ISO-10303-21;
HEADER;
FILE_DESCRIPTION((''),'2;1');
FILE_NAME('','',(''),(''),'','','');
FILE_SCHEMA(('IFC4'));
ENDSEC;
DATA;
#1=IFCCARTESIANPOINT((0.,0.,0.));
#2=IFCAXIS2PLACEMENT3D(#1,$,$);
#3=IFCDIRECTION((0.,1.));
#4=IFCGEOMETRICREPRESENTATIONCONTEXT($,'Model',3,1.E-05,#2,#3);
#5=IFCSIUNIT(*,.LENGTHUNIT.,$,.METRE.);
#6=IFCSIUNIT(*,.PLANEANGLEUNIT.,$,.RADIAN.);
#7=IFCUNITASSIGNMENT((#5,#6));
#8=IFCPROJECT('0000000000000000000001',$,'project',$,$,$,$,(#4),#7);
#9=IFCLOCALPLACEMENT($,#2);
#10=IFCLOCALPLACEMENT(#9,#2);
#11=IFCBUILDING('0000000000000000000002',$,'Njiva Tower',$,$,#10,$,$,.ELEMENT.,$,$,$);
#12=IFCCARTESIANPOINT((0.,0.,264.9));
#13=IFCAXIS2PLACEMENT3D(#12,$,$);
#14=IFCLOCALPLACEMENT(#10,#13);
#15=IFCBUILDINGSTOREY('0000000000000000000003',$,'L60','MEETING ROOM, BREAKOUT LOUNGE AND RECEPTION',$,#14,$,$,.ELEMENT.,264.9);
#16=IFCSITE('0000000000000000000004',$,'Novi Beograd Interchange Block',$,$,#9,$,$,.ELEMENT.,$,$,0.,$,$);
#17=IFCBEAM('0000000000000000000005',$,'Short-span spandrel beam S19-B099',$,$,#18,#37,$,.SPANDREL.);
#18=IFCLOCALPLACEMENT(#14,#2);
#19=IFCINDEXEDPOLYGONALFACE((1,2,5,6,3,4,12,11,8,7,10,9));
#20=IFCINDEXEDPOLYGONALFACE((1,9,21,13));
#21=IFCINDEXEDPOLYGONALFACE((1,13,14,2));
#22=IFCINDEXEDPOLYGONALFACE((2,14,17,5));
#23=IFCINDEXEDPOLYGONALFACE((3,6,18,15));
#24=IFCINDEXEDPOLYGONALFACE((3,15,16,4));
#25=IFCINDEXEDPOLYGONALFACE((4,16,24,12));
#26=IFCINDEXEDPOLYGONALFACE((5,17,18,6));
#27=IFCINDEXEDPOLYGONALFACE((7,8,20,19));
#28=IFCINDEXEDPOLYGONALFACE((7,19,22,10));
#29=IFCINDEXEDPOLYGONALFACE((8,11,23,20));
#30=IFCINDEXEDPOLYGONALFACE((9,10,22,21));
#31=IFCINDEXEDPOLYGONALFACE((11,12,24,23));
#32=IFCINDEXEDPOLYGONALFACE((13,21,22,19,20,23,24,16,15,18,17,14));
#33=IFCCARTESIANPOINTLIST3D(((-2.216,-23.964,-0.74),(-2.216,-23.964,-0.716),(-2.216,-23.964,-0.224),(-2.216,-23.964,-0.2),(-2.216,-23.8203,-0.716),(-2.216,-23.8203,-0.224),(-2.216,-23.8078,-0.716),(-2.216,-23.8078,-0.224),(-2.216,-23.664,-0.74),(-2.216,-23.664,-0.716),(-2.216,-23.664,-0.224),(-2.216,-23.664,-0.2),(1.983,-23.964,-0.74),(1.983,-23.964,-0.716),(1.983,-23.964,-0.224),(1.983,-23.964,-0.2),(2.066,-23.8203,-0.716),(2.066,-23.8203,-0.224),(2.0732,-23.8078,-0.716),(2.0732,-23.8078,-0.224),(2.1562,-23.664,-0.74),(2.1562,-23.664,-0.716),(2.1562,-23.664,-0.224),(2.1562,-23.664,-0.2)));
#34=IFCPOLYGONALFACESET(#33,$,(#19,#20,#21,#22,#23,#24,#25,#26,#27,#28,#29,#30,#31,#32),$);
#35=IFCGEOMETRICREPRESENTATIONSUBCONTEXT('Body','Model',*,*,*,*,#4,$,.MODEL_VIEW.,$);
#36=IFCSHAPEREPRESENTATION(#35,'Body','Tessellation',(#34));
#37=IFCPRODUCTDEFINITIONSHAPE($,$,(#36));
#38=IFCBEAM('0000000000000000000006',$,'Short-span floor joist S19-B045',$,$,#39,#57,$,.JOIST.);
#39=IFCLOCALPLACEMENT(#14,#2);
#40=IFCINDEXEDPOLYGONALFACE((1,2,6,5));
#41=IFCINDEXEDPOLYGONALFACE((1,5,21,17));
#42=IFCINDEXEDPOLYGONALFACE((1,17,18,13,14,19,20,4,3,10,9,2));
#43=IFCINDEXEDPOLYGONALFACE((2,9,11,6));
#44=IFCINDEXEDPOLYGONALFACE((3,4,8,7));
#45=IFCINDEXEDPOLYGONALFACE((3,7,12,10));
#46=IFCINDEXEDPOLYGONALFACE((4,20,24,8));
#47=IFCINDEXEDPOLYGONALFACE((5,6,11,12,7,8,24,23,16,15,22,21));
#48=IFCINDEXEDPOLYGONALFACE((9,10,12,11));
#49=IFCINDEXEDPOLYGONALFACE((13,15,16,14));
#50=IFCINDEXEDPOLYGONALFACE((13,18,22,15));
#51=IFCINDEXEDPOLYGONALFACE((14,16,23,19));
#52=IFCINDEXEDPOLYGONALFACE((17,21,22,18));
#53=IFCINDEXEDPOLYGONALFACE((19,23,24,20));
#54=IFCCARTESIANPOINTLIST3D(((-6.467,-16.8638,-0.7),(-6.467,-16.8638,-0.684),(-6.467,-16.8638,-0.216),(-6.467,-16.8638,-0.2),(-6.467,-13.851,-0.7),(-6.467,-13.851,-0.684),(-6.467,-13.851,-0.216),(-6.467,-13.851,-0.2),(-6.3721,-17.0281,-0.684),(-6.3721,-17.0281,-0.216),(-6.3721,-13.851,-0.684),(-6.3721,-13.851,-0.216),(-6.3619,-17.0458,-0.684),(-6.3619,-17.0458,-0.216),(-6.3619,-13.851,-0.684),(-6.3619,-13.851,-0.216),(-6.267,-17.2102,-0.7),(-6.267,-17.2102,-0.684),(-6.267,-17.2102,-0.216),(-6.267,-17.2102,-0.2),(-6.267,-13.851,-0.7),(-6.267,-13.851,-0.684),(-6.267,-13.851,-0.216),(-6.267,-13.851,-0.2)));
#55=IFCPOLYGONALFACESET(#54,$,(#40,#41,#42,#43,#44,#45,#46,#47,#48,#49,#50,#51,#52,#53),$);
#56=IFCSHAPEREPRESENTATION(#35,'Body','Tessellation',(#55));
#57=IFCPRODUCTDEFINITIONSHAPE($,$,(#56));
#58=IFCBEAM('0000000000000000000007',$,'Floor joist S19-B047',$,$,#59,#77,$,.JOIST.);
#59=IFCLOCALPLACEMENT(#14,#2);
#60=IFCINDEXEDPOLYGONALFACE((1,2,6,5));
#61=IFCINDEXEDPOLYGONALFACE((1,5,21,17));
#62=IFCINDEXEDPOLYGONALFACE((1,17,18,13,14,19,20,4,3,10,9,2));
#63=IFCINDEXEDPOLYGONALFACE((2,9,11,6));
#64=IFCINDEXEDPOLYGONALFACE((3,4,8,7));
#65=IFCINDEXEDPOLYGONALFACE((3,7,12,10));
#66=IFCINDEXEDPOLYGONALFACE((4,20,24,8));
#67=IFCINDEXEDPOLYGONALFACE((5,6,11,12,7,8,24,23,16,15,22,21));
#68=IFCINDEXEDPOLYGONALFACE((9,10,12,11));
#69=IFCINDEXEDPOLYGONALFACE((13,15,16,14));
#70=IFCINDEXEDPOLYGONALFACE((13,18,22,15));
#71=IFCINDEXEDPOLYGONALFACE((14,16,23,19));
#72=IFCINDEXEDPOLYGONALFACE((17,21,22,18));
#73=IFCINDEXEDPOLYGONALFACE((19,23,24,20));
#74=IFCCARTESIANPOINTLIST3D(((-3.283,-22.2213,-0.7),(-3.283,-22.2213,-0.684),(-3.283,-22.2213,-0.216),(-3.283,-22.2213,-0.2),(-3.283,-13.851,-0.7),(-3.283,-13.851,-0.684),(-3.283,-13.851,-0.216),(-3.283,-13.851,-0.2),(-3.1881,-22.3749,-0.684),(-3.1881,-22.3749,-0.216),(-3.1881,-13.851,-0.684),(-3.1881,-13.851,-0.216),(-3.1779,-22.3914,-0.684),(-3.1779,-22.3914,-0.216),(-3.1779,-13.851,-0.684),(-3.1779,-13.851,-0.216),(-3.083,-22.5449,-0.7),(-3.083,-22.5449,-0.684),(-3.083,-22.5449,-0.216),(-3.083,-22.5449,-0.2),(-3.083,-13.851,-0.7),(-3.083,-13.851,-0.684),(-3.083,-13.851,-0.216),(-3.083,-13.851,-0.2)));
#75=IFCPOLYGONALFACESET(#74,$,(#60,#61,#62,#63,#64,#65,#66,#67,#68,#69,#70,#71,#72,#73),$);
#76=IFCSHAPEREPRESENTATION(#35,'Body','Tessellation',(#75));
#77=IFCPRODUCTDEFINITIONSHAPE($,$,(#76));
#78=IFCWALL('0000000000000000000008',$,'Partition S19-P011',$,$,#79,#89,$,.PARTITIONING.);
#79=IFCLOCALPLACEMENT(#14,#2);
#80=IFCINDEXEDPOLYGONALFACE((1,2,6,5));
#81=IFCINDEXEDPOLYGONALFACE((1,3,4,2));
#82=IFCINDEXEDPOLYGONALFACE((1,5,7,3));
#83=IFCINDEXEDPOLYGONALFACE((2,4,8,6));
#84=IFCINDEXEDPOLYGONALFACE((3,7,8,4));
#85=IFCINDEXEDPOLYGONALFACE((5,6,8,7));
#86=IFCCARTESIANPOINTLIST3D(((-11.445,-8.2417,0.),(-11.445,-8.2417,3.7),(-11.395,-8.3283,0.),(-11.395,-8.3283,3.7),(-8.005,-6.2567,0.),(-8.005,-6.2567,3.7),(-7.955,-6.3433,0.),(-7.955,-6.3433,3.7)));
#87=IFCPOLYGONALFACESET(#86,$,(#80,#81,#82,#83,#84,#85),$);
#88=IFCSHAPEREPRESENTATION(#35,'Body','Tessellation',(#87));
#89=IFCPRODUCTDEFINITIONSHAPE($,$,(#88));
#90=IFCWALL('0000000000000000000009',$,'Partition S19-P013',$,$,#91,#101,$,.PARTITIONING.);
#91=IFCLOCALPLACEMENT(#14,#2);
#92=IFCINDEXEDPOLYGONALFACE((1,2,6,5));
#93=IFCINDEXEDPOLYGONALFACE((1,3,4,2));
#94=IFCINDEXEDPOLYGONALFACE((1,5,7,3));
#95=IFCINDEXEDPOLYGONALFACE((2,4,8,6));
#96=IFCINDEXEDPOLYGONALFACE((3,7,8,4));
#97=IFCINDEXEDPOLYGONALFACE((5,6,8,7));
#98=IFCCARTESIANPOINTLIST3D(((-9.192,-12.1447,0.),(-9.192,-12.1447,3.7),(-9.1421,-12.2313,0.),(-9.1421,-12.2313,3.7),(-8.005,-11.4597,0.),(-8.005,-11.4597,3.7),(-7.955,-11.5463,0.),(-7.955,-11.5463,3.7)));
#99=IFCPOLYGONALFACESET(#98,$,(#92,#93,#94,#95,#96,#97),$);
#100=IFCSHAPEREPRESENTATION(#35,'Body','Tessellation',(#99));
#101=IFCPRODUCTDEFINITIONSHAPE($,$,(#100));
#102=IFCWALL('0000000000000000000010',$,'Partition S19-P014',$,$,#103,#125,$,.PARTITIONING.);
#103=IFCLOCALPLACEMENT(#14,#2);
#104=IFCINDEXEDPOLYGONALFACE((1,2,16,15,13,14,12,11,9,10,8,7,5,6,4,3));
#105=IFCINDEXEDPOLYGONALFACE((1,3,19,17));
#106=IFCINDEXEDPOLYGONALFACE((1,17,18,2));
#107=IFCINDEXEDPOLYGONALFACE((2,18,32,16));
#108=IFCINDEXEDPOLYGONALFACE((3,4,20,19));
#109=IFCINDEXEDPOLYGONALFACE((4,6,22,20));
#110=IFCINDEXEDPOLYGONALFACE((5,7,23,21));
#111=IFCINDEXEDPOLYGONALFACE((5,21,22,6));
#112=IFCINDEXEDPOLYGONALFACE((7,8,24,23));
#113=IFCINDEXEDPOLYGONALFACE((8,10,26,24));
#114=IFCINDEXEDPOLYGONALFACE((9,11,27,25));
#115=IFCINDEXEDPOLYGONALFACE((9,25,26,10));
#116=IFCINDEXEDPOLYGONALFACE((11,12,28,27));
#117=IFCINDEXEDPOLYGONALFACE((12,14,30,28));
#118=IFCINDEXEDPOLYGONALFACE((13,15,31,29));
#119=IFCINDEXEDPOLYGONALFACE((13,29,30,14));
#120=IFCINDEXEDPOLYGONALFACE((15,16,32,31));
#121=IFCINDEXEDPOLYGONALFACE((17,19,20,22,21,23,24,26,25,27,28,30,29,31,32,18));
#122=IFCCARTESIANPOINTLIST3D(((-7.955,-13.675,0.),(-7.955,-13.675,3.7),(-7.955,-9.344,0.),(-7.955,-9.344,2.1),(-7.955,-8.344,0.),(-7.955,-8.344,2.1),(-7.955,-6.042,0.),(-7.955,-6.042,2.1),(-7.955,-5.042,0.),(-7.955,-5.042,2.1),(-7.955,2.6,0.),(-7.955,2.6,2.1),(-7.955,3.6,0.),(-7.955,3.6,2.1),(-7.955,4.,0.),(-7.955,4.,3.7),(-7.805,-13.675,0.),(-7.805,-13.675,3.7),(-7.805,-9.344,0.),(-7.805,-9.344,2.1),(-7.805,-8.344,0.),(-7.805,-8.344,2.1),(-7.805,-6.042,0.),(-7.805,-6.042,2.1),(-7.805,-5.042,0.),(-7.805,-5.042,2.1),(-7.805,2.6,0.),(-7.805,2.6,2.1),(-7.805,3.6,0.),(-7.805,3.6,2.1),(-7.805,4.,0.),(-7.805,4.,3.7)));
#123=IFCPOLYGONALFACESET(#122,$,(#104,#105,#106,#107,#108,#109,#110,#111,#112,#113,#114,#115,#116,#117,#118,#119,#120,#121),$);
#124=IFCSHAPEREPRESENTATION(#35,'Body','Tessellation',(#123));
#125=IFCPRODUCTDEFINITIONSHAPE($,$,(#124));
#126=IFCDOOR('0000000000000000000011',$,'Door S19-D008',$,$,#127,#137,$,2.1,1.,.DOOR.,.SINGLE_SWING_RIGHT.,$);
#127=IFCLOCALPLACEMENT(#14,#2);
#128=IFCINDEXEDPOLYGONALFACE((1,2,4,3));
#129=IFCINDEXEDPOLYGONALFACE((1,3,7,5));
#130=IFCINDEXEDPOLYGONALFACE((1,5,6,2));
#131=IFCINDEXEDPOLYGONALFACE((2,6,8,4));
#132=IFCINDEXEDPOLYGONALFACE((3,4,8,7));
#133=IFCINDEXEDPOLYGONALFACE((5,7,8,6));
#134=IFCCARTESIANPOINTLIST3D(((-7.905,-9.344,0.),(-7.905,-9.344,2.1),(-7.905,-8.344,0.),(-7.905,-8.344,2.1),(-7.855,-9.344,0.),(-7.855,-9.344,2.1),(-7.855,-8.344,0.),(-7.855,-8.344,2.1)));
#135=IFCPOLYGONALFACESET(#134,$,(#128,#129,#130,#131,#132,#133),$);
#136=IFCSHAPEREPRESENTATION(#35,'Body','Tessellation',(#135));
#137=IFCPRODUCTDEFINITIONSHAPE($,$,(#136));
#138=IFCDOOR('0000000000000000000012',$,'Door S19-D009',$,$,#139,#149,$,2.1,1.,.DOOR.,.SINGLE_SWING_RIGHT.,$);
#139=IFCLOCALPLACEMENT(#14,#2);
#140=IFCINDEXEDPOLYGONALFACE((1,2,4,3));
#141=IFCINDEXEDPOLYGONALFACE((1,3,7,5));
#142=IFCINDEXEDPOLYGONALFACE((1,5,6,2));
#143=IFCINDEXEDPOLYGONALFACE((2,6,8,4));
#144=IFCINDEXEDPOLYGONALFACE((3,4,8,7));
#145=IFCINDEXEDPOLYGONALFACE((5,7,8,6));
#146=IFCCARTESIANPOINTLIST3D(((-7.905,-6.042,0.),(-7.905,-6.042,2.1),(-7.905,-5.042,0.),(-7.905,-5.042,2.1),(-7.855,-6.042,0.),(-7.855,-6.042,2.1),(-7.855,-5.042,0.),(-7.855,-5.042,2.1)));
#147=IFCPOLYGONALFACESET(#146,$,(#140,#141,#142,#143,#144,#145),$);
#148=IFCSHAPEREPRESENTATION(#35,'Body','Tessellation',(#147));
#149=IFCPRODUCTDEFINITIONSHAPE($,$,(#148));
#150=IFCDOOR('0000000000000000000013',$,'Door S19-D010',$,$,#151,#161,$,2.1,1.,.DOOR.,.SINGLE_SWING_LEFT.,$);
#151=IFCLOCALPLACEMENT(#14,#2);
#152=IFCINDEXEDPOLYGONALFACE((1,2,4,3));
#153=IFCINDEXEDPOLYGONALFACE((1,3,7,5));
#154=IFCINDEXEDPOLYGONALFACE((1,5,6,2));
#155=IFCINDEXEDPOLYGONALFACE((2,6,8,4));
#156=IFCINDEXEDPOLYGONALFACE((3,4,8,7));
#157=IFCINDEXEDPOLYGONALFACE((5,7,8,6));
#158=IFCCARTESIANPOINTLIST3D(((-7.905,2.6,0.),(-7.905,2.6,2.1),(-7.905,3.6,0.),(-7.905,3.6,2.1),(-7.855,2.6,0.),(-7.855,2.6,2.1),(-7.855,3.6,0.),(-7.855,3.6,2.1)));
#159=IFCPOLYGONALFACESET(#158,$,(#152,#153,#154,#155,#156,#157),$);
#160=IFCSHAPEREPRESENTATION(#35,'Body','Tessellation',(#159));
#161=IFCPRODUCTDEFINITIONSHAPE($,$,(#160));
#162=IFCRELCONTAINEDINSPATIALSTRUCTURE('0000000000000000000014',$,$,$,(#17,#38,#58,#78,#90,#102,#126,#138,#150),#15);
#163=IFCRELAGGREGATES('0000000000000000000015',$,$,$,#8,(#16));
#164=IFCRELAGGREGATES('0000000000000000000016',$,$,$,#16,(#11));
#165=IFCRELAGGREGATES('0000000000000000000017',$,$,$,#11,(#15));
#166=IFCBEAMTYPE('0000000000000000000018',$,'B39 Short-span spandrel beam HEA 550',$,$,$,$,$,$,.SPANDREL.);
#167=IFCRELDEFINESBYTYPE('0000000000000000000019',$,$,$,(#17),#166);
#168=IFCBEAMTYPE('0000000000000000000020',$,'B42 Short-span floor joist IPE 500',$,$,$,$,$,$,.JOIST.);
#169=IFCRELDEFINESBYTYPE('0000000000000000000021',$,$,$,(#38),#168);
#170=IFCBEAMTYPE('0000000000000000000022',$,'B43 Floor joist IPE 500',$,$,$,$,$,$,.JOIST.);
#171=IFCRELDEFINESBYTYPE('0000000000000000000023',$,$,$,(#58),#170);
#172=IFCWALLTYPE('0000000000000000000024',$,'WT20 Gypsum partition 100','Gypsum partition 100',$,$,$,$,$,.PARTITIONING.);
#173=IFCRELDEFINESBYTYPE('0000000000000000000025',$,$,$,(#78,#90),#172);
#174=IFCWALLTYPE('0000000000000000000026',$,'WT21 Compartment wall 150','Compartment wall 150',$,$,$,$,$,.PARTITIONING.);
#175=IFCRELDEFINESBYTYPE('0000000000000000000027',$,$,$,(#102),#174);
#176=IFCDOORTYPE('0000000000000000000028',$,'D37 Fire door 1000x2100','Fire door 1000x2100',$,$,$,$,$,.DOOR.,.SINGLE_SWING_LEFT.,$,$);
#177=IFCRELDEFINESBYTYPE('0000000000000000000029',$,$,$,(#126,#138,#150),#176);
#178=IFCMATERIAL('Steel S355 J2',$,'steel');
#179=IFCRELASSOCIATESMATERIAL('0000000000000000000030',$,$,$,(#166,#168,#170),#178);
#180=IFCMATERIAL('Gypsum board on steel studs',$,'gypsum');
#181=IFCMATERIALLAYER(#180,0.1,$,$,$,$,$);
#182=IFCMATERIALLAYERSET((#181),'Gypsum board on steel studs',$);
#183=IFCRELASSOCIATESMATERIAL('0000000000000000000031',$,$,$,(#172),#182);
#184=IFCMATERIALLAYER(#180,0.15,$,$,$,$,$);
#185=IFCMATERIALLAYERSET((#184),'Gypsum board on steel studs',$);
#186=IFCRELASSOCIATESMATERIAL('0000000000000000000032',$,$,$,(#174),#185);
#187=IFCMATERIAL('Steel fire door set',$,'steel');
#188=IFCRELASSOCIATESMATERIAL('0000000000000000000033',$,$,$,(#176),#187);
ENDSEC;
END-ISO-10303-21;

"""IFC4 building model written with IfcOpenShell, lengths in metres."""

from ifc_helpers import new_model, si_unit, direction, frame, frame_2d, origin, origin_2d, place, context, subcontext, project, spatial, rectangle, i_section, extrude, clip, halfspace, material, layer, layer_set, material_profile, profile_set, type_object, element, fill, save


model = new_model("IFC4")

# Units and contexts
model_context = context("Model", 3, precision=1e-05, world=origin(), true_north=direction((0.0, 1.0)))
body_context = subcontext(model_context, "Body", "Model", "MODEL_VIEW")
ifc_project = project(units=[si_unit("LENGTHUNIT", "METRE"), si_unit("PLANEANGLEUNIT", "RADIAN")], contexts=[model_context])

# Site, building, storey
site_placement = place(None, origin())
site = spatial("IfcSite", under=ifc_project, at=site_placement, Name="Novi Beograd Interchange Block", CompositionType="ELEMENT", RefElevation=0.0)
building_placement = place(site_placement, origin())
building = spatial("IfcBuilding", under=site, at=building_placement, Name="Njiva Tower", CompositionType="ELEMENT")
storey_placement = place(building_placement, frame((0.0, 0.0, 264.9)))
storey = spatial("IfcBuildingStorey", under=building, at=storey_placement, Name="L60", Description="MEETING ROOM, BREAKOUT LOUNGE AND RECEPTION", CompositionType="ELEMENT", Elevation=264.9)

# Shared definitions
ifc_material_1 = material(Name="Steel S355 J2", Category="steel")

# Beams
ifc_material_profile_1 = material_profile(ifc_material_1, i_section(OverallWidth=0.3, OverallDepth=0.54, WebThickness=0.0125, FlangeThickness=0.024, at=origin_2d()), Name="HEA 550")
ifc_profile_set_1 = profile_set([ifc_material_profile_1], Name="Steel S355 J2")
beam_type_1 = type_object("IfcBeamType", Name="B39 Short-span spandrel beam HEA 550", PredefinedType="SPANDREL", material=ifc_profile_set_1)
beam_1_placement = place(storey_placement, frame((-2.216, -23.814, -0.47), z_axis=(1.0, 0.0, 0.0), x_axis=(0.0, 1.0, 0.0)))
element("IfcBeam", 1, at=beam_1_placement, inside=storey, type_object=beam_type_1, Name="Short-span spandrel beam S19-B099", PredefinedType="SPANDREL", context=body_context, shape_type="Clipping", body=[
    clip(extrude(i_section(OverallWidth=0.3, OverallDepth=0.54, WebThickness=0.0125, FlangeThickness=0.024, at=origin_2d()), origin(), (0.0, 0.0, 1.0), 4.393), halfspace(frame((-0.0246, 0.0, 4.2714), z_axis=(-0.499998, 0.0, 0.866027), x_axis=(0.0, 1.0, 0.0)), False)),
])
ifc_material_profile_2 = material_profile(ifc_material_1, i_section(OverallWidth=0.2, OverallDepth=0.5, WebThickness=0.0102, FlangeThickness=0.016, at=origin_2d()), Name="IPE 500")
ifc_profile_set_2 = profile_set([ifc_material_profile_2], Name="Steel S355 J2")
beam_type_2 = type_object("IfcBeamType", Name="B42 Short-span floor joist IPE 500", PredefinedType="JOIST", material=ifc_profile_set_2)
beam_2_placement = place(storey_placement, frame((-6.367, -13.851, -0.45), z_axis=(0.0, -1.0, 0.0), x_axis=(1.0, 0.0, 0.0)))
element("IfcBeam", 2, at=beam_2_placement, inside=storey, type_object=beam_type_2, Name="Short-span floor joist S19-B045", PredefinedType="JOIST", context=body_context, shape_type="Clipping", body=[
    clip(extrude(i_section(OverallWidth=0.2, OverallDepth=0.5, WebThickness=0.0102, FlangeThickness=0.016, at=origin_2d()), origin(), (0.0, 0.0, 1.0), 3.38), halfspace(frame((-0.043, 0.0, 3.1115), z_axis=(-0.866027, 0.0, 0.499998), x_axis=(0.0, 1.0, 0.0)), False)),
])
ifc_material_profile_3 = material_profile(ifc_material_1, i_section(OverallWidth=0.2, OverallDepth=0.5, WebThickness=0.0102, FlangeThickness=0.016, at=origin_2d()), Name="IPE 500")
ifc_profile_set_3 = profile_set([ifc_material_profile_3], Name="Steel S355 J2")
beam_type_3 = type_object("IfcBeamType", Name="B43 Floor joist IPE 500", PredefinedType="JOIST", material=ifc_profile_set_3)
beam_3_placement = place(storey_placement, frame((-3.183, -13.851, -0.45), z_axis=(0.0, -1.0, 0.0), x_axis=(1.0, 0.0, 0.0)))
element("IfcBeam", 3, at=beam_3_placement, inside=storey, type_object=beam_type_3, Name="Floor joist S19-B047", PredefinedType="JOIST", context=body_context, shape_type="Clipping", body=[
    clip(extrude(i_section(OverallWidth=0.2, OverallDepth=0.5, WebThickness=0.0102, FlangeThickness=0.016, at=origin_2d()), origin(), (0.0, 0.0, 1.0), 8.713), halfspace(frame((-0.0429, 0.0, 8.4627), z_axis=(-0.850616, 0.0, 0.525788), x_axis=(0.0, 1.0, 0.0)), False)),
])

# Walls
ifc_material_2 = material(Name="Gypsum board on steel studs", Category="gypsum")
ifc_layer_1 = layer(ifc_material_2, 0.1)
ifc_layer_set_1 = layer_set([ifc_layer_1], Name="Gypsum board on steel studs")
wall_type_1 = type_object("IfcWallType", Name="WT20 Gypsum partition 100", Description="Gypsum partition 100", PredefinedType="PARTITIONING", material=ifc_layer_set_1)
wall_1_placement = place(storey_placement, frame((-11.42, -8.285, 0.0), z_axis=(0.0, 0.0, 1.0), x_axis=(0.866144, 0.499795, 0.0)))
element("IfcWall", 4, at=wall_1_placement, inside=storey, type_object=wall_type_1, Name="Partition S19-P011", PredefinedType="PARTITIONING", context=body_context, shape_type="SweptSolid", body=[
    extrude(rectangle(XDim=3.9716, YDim=0.1, at=frame_2d((1.9858, 0.0))), origin(), (0.0, 0.0, 1.0), 3.7),
])
wall_2_placement = place(storey_placement, frame((-9.167, -12.188, 0.0), z_axis=(0.0, 0.0, 1.0), x_axis=(0.866125, 0.499828, 0.0)))
element("IfcWall", 5, at=wall_2_placement, inside=storey, type_object=wall_type_1, Name="Partition S19-P013", PredefinedType="PARTITIONING", context=body_context, shape_type="SweptSolid", body=[
    extrude(rectangle(XDim=1.3705, YDim=0.1, at=frame_2d((0.6852, 0.0))), origin(), (0.0, 0.0, 1.0), 3.7),
])

# Wall, openings, doors
ifc_layer_2 = layer(ifc_material_2, 0.15)
ifc_layer_set_2 = layer_set([ifc_layer_2], Name="Gypsum board on steel studs")
wall_type_2 = type_object("IfcWallType", Name="WT21 Compartment wall 150", Description="Compartment wall 150", PredefinedType="PARTITIONING", material=ifc_layer_set_2)
wall_3_placement = place(storey_placement, frame((-7.88, -13.675, 0.0), z_axis=(0.0, 0.0, 1.0), x_axis=(0.0, 1.0, 0.0)))
wall_3 = element("IfcWall", 6, at=wall_3_placement, inside=storey, type_object=wall_type_2, Name="Partition S19-P014", PredefinedType="PARTITIONING", context=body_context, shape_type="SweptSolid", body=[
    extrude(rectangle(XDim=17.675, YDim=0.15, at=frame_2d((8.8375, 0.0))), origin(), (0.0, 0.0, 1.0), 3.7),
])
opening_1_placement = place(wall_3_placement, frame((4.331, 0.0, 0.0)))
opening_1 = element("IfcOpeningElement", 7, at=opening_1_placement, cuts=wall_3, PredefinedType="OPENING", context=body_context, shape_type="SweptSolid", body=[
    extrude(rectangle(XDim=1.0, YDim=2.1, at=frame_2d((0.5, 1.05))), frame((0.0, 0.085, 0.0), z_axis=(0.0, -1.0, 0.0), x_axis=(1.0, 0.0, 0.0)), (0.0, 0.0, 1.0), 0.17),
])
opening_2_placement = place(wall_3_placement, frame((7.633, 0.0, 0.0)))
opening_2 = element("IfcOpeningElement", 8, at=opening_2_placement, cuts=wall_3, PredefinedType="OPENING", context=body_context, shape_type="SweptSolid", body=[
    extrude(rectangle(XDim=1.0, YDim=2.1, at=frame_2d((0.5, 1.05))), frame((0.0, 0.085, 0.0), z_axis=(0.0, -1.0, 0.0), x_axis=(1.0, 0.0, 0.0)), (0.0, 0.0, 1.0), 0.17),
])
opening_3_placement = place(wall_3_placement, frame((16.275, 0.0, 0.0)))
opening_3 = element("IfcOpeningElement", 9, at=opening_3_placement, cuts=wall_3, PredefinedType="OPENING", context=body_context, shape_type="SweptSolid", body=[
    extrude(rectangle(XDim=1.0, YDim=2.1, at=frame_2d((0.5, 1.05))), frame((0.0, 0.085, 0.0), z_axis=(0.0, -1.0, 0.0), x_axis=(1.0, 0.0, 0.0)), (0.0, 0.0, 1.0), 0.17),
])
ifc_material_3 = material(Name="Steel fire door set", Category="steel")
door_type = type_object("IfcDoorType", Name="D37 Fire door 1000x2100", Description="Fire door 1000x2100", OperationType="SINGLE_SWING_LEFT", PredefinedType="DOOR", material=ifc_material_3)
door_1_placement = place(opening_1_placement, origin())
door_1 = element("IfcDoor", 10, at=door_1_placement, inside=storey, type_object=door_type, Name="Door S19-D008", OperationType="SINGLE_SWING_RIGHT", OverallHeight=2.1, OverallWidth=1.0, PredefinedType="DOOR", context=body_context, shape_type="SweptSolid", body=[
    extrude(rectangle(XDim=1.0, YDim=2.1, at=frame_2d((0.5, 1.05))), frame((0.0, 0.025, 0.0), z_axis=(0.0, -1.0, 0.0), x_axis=(1.0, 0.0, 0.0)), (0.0, 0.0, 1.0), 0.05),
])
fill(opening_1, door_1)
door_2_placement = place(opening_2_placement, origin())
door_2 = element("IfcDoor", 11, at=door_2_placement, inside=storey, type_object=door_type, Name="Door S19-D009", OperationType="SINGLE_SWING_RIGHT", OverallHeight=2.1, OverallWidth=1.0, PredefinedType="DOOR", context=body_context, shape_type="SweptSolid", body=[
    extrude(rectangle(XDim=1.0, YDim=2.1, at=frame_2d((0.5, 1.05))), frame((0.0, 0.025, 0.0), z_axis=(0.0, -1.0, 0.0), x_axis=(1.0, 0.0, 0.0)), (0.0, 0.0, 1.0), 0.05),
])
fill(opening_2, door_2)
door_3_placement = place(opening_3_placement, origin())
door_3 = element("IfcDoor", 12, at=door_3_placement, inside=storey, type_object=door_type, Name="Door S19-D010", OperationType="SINGLE_SWING_LEFT", OverallHeight=2.1, OverallWidth=1.0, PredefinedType="DOOR", context=body_context, shape_type="SweptSolid", body=[
    extrude(rectangle(XDim=1.0, YDim=2.1, at=frame_2d((0.5, 1.05))), frame((0.0, 0.025, 0.0), z_axis=(0.0, -1.0, 0.0), x_axis=(1.0, 0.0, 0.0)), (0.0, 0.0, 1.0), 0.05),
])
fill(opening_3, door_3)

save(model, "model.ifc")
